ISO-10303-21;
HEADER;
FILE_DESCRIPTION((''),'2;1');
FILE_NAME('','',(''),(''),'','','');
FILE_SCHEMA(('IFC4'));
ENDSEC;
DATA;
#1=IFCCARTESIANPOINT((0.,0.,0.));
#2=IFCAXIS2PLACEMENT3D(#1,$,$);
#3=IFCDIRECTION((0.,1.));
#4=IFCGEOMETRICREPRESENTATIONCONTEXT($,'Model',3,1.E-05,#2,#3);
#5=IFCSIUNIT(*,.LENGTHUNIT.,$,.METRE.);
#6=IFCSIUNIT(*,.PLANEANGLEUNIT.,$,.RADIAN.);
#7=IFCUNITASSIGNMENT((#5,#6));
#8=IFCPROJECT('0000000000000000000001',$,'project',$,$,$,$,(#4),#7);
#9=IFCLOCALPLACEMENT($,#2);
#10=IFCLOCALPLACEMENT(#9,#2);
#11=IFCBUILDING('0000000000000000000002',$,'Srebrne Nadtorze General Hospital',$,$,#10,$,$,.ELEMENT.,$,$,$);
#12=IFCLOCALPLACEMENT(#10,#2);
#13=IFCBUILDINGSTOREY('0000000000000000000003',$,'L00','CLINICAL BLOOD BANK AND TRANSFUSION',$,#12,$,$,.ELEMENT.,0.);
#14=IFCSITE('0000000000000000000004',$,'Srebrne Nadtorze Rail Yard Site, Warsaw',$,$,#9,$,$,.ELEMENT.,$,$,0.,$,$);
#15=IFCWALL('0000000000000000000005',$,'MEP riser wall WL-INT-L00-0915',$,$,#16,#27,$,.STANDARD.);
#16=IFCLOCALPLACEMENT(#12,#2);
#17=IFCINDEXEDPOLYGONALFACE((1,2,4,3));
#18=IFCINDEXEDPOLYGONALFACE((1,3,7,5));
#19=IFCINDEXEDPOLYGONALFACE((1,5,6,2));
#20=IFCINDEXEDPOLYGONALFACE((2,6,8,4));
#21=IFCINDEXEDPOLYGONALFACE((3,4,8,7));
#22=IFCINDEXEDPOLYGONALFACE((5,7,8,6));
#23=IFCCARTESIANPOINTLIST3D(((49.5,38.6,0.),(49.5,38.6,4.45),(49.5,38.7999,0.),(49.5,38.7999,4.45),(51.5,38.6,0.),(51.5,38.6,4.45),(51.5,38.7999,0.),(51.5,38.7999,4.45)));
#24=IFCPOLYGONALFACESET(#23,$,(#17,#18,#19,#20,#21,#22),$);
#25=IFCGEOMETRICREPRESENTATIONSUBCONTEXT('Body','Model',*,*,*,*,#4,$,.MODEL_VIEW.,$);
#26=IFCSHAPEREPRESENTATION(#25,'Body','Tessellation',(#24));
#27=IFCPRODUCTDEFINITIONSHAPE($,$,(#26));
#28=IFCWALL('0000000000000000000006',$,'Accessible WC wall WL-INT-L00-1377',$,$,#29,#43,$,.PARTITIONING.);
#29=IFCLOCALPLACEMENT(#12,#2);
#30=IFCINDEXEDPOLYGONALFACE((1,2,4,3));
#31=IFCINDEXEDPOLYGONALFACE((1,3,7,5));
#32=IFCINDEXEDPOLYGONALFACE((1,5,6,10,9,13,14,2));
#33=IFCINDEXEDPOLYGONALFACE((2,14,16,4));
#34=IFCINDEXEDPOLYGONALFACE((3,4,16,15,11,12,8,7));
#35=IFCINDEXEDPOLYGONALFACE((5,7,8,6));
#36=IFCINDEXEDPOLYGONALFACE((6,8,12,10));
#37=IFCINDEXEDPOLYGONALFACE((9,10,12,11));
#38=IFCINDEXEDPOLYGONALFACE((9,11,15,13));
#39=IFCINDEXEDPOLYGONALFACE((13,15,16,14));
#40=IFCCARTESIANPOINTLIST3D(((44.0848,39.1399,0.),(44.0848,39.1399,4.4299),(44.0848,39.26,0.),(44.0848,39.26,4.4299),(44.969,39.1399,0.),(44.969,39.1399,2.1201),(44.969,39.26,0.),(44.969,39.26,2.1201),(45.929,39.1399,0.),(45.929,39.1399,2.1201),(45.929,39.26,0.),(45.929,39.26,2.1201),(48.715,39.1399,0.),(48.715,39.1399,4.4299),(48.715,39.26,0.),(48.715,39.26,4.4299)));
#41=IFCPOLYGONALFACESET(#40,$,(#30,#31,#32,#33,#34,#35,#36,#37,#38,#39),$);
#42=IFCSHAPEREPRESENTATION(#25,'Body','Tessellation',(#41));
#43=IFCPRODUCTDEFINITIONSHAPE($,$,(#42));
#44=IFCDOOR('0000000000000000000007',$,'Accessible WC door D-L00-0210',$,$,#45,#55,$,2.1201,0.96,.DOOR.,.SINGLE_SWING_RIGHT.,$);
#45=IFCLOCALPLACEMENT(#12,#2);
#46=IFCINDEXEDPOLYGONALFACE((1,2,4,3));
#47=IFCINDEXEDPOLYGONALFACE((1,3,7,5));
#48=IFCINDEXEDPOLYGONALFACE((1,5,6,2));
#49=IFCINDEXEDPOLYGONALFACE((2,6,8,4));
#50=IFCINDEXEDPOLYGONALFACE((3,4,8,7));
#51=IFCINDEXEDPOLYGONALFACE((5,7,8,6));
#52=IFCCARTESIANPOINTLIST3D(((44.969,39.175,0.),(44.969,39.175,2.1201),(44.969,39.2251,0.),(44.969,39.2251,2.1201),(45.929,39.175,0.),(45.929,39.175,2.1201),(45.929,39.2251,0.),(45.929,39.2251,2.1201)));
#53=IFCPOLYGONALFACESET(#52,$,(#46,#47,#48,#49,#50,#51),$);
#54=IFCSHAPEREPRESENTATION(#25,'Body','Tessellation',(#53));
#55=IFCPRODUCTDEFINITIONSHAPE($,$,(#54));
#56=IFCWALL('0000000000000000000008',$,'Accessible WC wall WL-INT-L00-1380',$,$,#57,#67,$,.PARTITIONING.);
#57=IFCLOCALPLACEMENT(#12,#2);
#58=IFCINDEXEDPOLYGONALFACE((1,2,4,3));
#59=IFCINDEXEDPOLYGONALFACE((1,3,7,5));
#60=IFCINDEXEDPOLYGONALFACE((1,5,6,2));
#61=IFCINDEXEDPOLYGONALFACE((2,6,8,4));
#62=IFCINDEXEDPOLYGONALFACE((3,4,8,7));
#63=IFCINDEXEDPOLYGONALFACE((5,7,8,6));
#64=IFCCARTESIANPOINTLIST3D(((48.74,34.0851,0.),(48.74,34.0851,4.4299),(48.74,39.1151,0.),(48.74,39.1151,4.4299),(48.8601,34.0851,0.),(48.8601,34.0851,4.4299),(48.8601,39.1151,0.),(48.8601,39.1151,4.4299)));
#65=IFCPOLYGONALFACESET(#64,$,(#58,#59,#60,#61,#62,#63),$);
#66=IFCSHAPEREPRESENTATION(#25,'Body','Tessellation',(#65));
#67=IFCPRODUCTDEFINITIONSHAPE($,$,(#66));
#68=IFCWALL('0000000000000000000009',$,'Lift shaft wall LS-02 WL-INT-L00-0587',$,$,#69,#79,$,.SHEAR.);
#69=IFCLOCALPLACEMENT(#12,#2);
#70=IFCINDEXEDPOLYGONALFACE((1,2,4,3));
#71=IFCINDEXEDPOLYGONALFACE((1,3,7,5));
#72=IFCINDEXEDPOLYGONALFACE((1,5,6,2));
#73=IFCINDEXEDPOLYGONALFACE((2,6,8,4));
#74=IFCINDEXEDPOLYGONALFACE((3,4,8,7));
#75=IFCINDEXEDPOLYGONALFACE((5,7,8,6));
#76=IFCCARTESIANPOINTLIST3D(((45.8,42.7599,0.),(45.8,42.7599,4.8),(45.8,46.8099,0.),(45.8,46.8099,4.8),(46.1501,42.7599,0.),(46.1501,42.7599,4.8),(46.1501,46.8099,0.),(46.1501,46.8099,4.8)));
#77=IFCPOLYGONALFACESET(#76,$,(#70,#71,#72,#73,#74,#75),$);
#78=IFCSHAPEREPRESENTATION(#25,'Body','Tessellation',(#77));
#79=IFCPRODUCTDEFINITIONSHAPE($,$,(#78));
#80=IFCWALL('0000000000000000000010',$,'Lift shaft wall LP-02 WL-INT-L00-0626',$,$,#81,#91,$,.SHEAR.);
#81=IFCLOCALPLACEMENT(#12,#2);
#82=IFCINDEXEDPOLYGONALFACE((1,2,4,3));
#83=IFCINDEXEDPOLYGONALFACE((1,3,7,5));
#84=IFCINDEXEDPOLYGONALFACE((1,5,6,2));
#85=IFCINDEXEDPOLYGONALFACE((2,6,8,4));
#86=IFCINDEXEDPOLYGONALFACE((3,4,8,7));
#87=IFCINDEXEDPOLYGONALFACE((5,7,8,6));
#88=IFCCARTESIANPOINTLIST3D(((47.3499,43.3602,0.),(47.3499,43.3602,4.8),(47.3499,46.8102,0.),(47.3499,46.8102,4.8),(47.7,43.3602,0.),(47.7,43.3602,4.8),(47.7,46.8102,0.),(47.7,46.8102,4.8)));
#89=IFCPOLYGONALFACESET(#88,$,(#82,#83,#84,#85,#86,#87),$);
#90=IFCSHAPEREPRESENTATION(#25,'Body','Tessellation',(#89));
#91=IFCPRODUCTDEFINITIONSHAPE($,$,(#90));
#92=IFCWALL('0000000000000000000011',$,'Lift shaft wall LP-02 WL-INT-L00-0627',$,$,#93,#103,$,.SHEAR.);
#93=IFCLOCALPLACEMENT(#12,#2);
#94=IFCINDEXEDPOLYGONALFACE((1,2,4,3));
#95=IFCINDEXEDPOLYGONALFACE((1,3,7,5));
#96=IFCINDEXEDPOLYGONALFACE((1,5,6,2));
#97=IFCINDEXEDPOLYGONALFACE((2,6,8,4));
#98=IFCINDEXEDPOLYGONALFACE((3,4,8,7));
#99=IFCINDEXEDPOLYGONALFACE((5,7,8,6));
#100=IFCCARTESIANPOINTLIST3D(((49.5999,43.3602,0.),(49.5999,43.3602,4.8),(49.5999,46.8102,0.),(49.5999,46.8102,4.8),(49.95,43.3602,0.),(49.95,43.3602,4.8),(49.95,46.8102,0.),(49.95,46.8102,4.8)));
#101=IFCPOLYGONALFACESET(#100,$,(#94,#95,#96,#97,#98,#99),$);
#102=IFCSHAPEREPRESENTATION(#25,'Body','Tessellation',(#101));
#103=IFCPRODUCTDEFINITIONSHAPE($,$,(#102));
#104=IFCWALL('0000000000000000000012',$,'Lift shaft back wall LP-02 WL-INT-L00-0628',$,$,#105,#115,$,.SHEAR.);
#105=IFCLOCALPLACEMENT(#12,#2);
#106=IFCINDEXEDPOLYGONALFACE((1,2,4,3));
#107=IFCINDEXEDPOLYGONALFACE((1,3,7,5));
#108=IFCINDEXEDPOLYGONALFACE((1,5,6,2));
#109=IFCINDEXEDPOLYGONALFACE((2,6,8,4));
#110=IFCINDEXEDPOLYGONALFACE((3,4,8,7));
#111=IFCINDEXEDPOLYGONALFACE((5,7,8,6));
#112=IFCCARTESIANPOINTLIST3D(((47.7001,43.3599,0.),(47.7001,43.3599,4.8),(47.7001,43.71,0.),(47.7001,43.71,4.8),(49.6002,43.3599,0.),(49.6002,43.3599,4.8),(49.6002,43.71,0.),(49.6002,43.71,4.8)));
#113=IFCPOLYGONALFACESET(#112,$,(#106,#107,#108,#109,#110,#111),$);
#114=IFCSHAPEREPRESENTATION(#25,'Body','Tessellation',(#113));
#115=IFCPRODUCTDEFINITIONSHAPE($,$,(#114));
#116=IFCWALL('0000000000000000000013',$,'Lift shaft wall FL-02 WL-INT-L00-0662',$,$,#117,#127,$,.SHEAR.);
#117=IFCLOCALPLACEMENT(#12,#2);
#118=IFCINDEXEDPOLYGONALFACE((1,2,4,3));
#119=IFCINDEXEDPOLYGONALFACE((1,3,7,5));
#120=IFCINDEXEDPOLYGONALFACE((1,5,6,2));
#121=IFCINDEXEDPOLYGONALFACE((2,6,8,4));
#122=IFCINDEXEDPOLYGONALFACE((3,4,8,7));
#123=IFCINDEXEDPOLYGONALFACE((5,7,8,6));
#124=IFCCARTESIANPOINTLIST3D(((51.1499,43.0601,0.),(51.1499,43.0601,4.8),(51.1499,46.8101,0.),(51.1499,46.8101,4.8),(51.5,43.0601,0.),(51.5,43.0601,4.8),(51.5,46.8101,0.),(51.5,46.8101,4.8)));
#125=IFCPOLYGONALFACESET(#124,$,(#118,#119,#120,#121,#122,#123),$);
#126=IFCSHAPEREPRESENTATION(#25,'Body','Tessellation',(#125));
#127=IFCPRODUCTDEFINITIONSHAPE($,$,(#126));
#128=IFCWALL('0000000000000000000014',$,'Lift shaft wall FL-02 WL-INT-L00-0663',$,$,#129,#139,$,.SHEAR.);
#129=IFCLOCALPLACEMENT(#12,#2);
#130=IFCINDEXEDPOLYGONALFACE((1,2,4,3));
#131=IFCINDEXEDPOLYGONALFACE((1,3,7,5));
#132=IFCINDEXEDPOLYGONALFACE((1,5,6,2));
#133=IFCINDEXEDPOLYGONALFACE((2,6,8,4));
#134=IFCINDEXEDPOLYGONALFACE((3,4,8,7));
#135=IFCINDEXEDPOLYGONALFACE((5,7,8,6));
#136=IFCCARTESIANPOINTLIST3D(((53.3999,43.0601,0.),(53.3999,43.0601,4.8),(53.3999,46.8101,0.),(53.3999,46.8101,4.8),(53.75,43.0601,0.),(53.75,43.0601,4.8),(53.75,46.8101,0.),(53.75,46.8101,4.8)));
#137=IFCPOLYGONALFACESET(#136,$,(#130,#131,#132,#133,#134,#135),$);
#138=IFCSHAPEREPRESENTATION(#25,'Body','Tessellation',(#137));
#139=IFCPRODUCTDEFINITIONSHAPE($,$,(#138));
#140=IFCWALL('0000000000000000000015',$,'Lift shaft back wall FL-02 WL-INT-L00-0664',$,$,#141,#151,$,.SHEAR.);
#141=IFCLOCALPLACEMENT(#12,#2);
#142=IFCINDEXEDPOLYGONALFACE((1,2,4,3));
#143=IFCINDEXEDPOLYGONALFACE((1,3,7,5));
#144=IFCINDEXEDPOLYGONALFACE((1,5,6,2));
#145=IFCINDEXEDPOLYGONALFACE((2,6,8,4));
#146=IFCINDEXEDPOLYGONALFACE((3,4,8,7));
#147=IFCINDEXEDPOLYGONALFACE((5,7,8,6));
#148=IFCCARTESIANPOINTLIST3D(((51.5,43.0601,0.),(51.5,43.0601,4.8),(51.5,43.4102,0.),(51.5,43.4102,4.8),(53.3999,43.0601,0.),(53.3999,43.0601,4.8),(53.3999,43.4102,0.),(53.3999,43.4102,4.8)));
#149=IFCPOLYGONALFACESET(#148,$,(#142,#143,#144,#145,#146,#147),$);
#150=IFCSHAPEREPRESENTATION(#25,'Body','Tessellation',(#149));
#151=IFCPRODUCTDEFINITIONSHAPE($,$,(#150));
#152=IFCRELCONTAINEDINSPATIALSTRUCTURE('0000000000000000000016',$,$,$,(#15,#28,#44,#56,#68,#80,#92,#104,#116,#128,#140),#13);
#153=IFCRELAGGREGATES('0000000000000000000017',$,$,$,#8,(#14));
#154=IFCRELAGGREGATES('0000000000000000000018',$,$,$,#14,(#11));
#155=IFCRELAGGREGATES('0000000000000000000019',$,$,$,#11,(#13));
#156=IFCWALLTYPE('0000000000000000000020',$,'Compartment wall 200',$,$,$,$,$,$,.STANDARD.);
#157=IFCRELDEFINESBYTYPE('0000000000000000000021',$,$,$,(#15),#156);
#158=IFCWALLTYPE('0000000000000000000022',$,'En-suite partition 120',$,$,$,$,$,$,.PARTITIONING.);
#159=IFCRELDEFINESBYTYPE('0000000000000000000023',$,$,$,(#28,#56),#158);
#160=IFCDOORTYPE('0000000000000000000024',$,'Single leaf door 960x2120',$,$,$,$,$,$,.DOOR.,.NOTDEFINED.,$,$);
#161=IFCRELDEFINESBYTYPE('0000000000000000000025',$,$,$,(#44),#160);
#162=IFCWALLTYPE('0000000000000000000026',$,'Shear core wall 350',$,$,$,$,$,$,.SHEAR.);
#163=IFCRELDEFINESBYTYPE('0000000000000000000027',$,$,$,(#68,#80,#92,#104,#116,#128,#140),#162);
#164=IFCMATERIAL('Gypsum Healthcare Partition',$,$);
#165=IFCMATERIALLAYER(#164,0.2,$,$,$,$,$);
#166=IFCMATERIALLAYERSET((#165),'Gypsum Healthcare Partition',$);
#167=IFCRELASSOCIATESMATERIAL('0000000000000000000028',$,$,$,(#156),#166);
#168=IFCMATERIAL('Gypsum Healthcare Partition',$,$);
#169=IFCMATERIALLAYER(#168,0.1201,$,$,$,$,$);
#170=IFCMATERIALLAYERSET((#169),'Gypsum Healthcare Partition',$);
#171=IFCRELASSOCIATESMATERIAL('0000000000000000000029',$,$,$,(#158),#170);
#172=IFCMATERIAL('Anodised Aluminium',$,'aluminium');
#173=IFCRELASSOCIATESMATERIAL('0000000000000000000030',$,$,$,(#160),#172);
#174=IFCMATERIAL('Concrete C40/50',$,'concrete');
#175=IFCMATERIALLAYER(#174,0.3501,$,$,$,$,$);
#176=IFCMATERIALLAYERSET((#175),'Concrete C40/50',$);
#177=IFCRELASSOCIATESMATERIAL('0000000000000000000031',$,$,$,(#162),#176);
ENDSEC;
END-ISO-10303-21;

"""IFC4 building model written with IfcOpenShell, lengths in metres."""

from ifc_helpers import new_model, si_unit, direction, frame, frame_2d, origin, place, context, subcontext, project, spatial, rectangle, extrude, material, layer, layer_set, type_object, element, fill, save


model = new_model("IFC4")

# Units and contexts
model_context = context("Model", 3, precision=1e-05, world=origin(), true_north=direction((0.0, 1.0)))
body_context = subcontext(model_context, "Body", "Model", "MODEL_VIEW")
ifc_project = project(units=[si_unit("LENGTHUNIT", "METRE"), si_unit("PLANEANGLEUNIT", "RADIAN")], contexts=[model_context])

# Site, building, storey
site_placement = place(None, origin())
site = spatial("IfcSite", under=ifc_project, at=site_placement, Name="Srebrne Nadtorze Rail Yard Site, Warsaw", CompositionType="ELEMENT", RefElevation=0.0)
building_placement = place(site_placement, origin())
building = spatial("IfcBuilding", under=site, at=building_placement, Name="Srebrne Nadtorze General Hospital", CompositionType="ELEMENT")
storey_placement = place(building_placement, origin())
storey = spatial("IfcBuildingStorey", under=building, at=storey_placement, Name="L00", Description="CLINICAL BLOOD BANK AND TRANSFUSION", CompositionType="ELEMENT", Elevation=0.0)

# Wall
ifc_material_1 = material(Name="Gypsum Healthcare Partition")
ifc_layer_1 = layer(ifc_material_1, 0.2)
ifc_layer_set_1 = layer_set([ifc_layer_1], Name="Gypsum Healthcare Partition")
wall_type_1 = type_object("IfcWallType", Name="Compartment wall 200", PredefinedType="STANDARD", material=ifc_layer_set_1)
for number, where, z_axis, x_axis, name in (
    (1, (49.5, 38.7, 0.0), (0.0, 0.0, 1.0), (1.0, 0.0, 0.0), "MEP riser wall WL-INT-L00-0915"),
):
    element("IfcWall", number, at=place(storey_placement, frame(where, z_axis=z_axis, x_axis=x_axis)), inside=storey, type_object=wall_type_1, Name=name, PredefinedType="STANDARD", context=body_context, shape_type="SweptSolid", body=[
        extrude(rectangle(XDim=2.0, YDim=0.2, at=frame_2d((1.0, 0.0))), origin(), (0.0, 0.0, 1.0), 4.45),
    ])

# Wall, opening, door
ifc_material_2 = material(Name="Gypsum Healthcare Partition")
ifc_layer_2 = layer(ifc_material_2, 0.1201)
ifc_layer_set_2 = layer_set([ifc_layer_2], Name="Gypsum Healthcare Partition")
wall_type_2 = type_object("IfcWallType", Name="En-suite partition 120", PredefinedType="PARTITIONING", material=ifc_layer_set_2)
wall_1_placement = place(storey_placement, frame((44.085, 39.2, 0.0), z_axis=(0.0, 0.0, 1.0), x_axis=(1.0, 0.0, 0.0)))
wall_1 = element("IfcWall", 2, at=wall_1_placement, inside=storey, type_object=wall_type_2, Name="Accessible WC wall WL-INT-L00-1377", PredefinedType="PARTITIONING", context=body_context, shape_type="SweptSolid", body=[
    extrude(rectangle(XDim=4.6301, YDim=0.1201, at=frame_2d((2.3149, 0.0))), origin(), (0.0, 0.0, 1.0), 4.4299),
])
opening_placement = place(wall_1_placement, frame((0.884, 0.0, 0.0)))
opening = element("IfcOpeningElement", 3, at=opening_placement, cuts=wall_1, PredefinedType="OPENING", context=body_context, shape_type="SweptSolid", body=[
    extrude(rectangle(XDim=0.96, YDim=2.1201, at=frame_2d((0.48, 1.0601))), frame((0.0, 0.072, 0.0), z_axis=(0.0, -1.0, 0.0), x_axis=(1.0, 0.0, 0.0)), (0.0, 0.0, 1.0), 0.144),
])
ifc_material_3 = material(Name="Anodised Aluminium", Category="aluminium")
door_type = type_object("IfcDoorType", Name="Single leaf door 960x2120", OperationType="NOTDEFINED", PredefinedType="DOOR", material=ifc_material_3)
door_placement = place(opening_placement, frame((0.96, 0.0, 0.0), z_axis=(0.0, 0.0, 1.0), x_axis=(-1.0, 0.0, 0.0)))
door = element("IfcDoor", 4, at=door_placement, inside=storey, type_object=door_type, Name="Accessible WC door D-L00-0210", OperationType="SINGLE_SWING_RIGHT", OverallHeight=2.1201, OverallWidth=0.96, PredefinedType="DOOR", context=body_context, shape_type="SweptSolid", body=[
    extrude(rectangle(XDim=0.96, YDim=2.1201, at=frame_2d((0.48, 1.0601))), frame((0.0, 0.0249, 0.0), z_axis=(0.0, -1.0, 0.0), x_axis=(1.0, 0.0, 0.0)), (0.0, 0.0, 1.0), 0.05),
])
fill(opening, door)

# Walls
wall_2_placement = place(storey_placement, frame((48.8, 34.085, 0.0), z_axis=(0.0, 0.0, 1.0), x_axis=(0.0, 1.0, 0.0)))
element("IfcWall", 5, at=wall_2_placement, inside=storey, type_object=wall_type_2, Name="Accessible WC wall WL-INT-L00-1380", PredefinedType="PARTITIONING", context=body_context, shape_type="SweptSolid", body=[
    extrude(rectangle(XDim=5.03, YDim=0.1201, at=frame_2d((2.5151, 0.0))), origin(), (0.0, 0.0, 1.0), 4.4299),
])
ifc_material_4 = material(Name="Concrete C40/50", Category="concrete")
ifc_layer_3 = layer(ifc_material_4, 0.3501)
ifc_layer_set_3 = layer_set([ifc_layer_3], Name="Concrete C40/50")
wall_type_3 = type_object("IfcWallType", Name="Shear core wall 350", PredefinedType="SHEAR", material=ifc_layer_set_3)
wall_3_placement = place(storey_placement, frame((45.9751, 42.76, 0.0), z_axis=(0.0, 0.0, 1.0), x_axis=(0.0, 1.0, 0.0)))
element("IfcWall", 6, at=wall_3_placement, inside=storey, type_object=wall_type_3, Name="Lift shaft wall LS-02 WL-INT-L00-0587", PredefinedType="SHEAR", context=body_context, shape_type="SweptSolid", body=[
    extrude(rectangle(XDim=4.05, YDim=0.3501, at=frame_2d((2.0249, 0.0))), origin(), (0.0, 0.0, 1.0), 4.8),
])
for number, where, z_axis, x_axis, name in (
    (7, (47.5249, 43.3601, 0.0), (0.0, 0.0, 1.0), (0.0, 1.0, 0.0), "Lift shaft wall LP-02 WL-INT-L00-0626"),
    (8, (49.7749, 43.3601, 0.0), (0.0, 0.0, 1.0), (0.0, 1.0, 0.0), "Lift shaft wall LP-02 WL-INT-L00-0627"),
):
    element("IfcWall", number, at=place(storey_placement, frame(where, z_axis=z_axis, x_axis=x_axis)), inside=storey, type_object=wall_type_3, Name=name, PredefinedType="SHEAR", context=body_context, shape_type="SweptSolid", body=[
        extrude(rectangle(XDim=3.45, YDim=0.3501, at=frame_2d((1.7251, 0.0))), origin(), (0.0, 0.0, 1.0), 4.8),
    ])
wall_4_placement = place(storey_placement, frame((47.7, 43.5349, 0.0), z_axis=(0.0, 0.0, 1.0), x_axis=(1.0, 0.0, 0.0)))
element("IfcWall", 9, at=wall_4_placement, inside=storey, type_object=wall_type_3, Name="Lift shaft back wall LP-02 WL-INT-L00-0628", PredefinedType="SHEAR", context=body_context, shape_type="SweptSolid", body=[
    extrude(rectangle(XDim=1.9001, YDim=0.3501, at=frame_2d((0.9502, 0.0))), origin(), (0.0, 0.0, 1.0), 4.8),
])
for number, where, z_axis, x_axis, name in (
    (10, (51.325, 43.0601, 0.0), (0.0, 0.0, 1.0), (0.0, 1.0, 0.0), "Lift shaft wall FL-02 WL-INT-L00-0662"),
    (11, (53.575, 43.0601, 0.0), (0.0, 0.0, 1.0), (0.0, 1.0, 0.0), "Lift shaft wall FL-02 WL-INT-L00-0663"),
):
    element("IfcWall", number, at=place(storey_placement, frame(where, z_axis=z_axis, x_axis=x_axis)), inside=storey, type_object=wall_type_3, Name=name, PredefinedType="SHEAR", context=body_context, shape_type="SweptSolid", body=[
        extrude(rectangle(XDim=3.75, YDim=0.3501, at=frame_2d((1.875, 0.0))), origin(), (0.0, 0.0, 1.0), 4.8),
    ])
wall_5_placement = place(storey_placement, frame((51.5, 43.2351, 0.0), z_axis=(0.0, 0.0, 1.0), x_axis=(1.0, 0.0, 0.0)))
element("IfcWall", 12, at=wall_5_placement, inside=storey, type_object=wall_type_3, Name="Lift shaft back wall FL-02 WL-INT-L00-0664", PredefinedType="SHEAR", context=body_context, shape_type="SweptSolid", body=[
    extrude(rectangle(XDim=1.8999, YDim=0.3501, at=frame_2d((0.95, 0.0))), origin(), (0.0, 0.0, 1.0), 4.8),
])

save(model, "model.ifc")
